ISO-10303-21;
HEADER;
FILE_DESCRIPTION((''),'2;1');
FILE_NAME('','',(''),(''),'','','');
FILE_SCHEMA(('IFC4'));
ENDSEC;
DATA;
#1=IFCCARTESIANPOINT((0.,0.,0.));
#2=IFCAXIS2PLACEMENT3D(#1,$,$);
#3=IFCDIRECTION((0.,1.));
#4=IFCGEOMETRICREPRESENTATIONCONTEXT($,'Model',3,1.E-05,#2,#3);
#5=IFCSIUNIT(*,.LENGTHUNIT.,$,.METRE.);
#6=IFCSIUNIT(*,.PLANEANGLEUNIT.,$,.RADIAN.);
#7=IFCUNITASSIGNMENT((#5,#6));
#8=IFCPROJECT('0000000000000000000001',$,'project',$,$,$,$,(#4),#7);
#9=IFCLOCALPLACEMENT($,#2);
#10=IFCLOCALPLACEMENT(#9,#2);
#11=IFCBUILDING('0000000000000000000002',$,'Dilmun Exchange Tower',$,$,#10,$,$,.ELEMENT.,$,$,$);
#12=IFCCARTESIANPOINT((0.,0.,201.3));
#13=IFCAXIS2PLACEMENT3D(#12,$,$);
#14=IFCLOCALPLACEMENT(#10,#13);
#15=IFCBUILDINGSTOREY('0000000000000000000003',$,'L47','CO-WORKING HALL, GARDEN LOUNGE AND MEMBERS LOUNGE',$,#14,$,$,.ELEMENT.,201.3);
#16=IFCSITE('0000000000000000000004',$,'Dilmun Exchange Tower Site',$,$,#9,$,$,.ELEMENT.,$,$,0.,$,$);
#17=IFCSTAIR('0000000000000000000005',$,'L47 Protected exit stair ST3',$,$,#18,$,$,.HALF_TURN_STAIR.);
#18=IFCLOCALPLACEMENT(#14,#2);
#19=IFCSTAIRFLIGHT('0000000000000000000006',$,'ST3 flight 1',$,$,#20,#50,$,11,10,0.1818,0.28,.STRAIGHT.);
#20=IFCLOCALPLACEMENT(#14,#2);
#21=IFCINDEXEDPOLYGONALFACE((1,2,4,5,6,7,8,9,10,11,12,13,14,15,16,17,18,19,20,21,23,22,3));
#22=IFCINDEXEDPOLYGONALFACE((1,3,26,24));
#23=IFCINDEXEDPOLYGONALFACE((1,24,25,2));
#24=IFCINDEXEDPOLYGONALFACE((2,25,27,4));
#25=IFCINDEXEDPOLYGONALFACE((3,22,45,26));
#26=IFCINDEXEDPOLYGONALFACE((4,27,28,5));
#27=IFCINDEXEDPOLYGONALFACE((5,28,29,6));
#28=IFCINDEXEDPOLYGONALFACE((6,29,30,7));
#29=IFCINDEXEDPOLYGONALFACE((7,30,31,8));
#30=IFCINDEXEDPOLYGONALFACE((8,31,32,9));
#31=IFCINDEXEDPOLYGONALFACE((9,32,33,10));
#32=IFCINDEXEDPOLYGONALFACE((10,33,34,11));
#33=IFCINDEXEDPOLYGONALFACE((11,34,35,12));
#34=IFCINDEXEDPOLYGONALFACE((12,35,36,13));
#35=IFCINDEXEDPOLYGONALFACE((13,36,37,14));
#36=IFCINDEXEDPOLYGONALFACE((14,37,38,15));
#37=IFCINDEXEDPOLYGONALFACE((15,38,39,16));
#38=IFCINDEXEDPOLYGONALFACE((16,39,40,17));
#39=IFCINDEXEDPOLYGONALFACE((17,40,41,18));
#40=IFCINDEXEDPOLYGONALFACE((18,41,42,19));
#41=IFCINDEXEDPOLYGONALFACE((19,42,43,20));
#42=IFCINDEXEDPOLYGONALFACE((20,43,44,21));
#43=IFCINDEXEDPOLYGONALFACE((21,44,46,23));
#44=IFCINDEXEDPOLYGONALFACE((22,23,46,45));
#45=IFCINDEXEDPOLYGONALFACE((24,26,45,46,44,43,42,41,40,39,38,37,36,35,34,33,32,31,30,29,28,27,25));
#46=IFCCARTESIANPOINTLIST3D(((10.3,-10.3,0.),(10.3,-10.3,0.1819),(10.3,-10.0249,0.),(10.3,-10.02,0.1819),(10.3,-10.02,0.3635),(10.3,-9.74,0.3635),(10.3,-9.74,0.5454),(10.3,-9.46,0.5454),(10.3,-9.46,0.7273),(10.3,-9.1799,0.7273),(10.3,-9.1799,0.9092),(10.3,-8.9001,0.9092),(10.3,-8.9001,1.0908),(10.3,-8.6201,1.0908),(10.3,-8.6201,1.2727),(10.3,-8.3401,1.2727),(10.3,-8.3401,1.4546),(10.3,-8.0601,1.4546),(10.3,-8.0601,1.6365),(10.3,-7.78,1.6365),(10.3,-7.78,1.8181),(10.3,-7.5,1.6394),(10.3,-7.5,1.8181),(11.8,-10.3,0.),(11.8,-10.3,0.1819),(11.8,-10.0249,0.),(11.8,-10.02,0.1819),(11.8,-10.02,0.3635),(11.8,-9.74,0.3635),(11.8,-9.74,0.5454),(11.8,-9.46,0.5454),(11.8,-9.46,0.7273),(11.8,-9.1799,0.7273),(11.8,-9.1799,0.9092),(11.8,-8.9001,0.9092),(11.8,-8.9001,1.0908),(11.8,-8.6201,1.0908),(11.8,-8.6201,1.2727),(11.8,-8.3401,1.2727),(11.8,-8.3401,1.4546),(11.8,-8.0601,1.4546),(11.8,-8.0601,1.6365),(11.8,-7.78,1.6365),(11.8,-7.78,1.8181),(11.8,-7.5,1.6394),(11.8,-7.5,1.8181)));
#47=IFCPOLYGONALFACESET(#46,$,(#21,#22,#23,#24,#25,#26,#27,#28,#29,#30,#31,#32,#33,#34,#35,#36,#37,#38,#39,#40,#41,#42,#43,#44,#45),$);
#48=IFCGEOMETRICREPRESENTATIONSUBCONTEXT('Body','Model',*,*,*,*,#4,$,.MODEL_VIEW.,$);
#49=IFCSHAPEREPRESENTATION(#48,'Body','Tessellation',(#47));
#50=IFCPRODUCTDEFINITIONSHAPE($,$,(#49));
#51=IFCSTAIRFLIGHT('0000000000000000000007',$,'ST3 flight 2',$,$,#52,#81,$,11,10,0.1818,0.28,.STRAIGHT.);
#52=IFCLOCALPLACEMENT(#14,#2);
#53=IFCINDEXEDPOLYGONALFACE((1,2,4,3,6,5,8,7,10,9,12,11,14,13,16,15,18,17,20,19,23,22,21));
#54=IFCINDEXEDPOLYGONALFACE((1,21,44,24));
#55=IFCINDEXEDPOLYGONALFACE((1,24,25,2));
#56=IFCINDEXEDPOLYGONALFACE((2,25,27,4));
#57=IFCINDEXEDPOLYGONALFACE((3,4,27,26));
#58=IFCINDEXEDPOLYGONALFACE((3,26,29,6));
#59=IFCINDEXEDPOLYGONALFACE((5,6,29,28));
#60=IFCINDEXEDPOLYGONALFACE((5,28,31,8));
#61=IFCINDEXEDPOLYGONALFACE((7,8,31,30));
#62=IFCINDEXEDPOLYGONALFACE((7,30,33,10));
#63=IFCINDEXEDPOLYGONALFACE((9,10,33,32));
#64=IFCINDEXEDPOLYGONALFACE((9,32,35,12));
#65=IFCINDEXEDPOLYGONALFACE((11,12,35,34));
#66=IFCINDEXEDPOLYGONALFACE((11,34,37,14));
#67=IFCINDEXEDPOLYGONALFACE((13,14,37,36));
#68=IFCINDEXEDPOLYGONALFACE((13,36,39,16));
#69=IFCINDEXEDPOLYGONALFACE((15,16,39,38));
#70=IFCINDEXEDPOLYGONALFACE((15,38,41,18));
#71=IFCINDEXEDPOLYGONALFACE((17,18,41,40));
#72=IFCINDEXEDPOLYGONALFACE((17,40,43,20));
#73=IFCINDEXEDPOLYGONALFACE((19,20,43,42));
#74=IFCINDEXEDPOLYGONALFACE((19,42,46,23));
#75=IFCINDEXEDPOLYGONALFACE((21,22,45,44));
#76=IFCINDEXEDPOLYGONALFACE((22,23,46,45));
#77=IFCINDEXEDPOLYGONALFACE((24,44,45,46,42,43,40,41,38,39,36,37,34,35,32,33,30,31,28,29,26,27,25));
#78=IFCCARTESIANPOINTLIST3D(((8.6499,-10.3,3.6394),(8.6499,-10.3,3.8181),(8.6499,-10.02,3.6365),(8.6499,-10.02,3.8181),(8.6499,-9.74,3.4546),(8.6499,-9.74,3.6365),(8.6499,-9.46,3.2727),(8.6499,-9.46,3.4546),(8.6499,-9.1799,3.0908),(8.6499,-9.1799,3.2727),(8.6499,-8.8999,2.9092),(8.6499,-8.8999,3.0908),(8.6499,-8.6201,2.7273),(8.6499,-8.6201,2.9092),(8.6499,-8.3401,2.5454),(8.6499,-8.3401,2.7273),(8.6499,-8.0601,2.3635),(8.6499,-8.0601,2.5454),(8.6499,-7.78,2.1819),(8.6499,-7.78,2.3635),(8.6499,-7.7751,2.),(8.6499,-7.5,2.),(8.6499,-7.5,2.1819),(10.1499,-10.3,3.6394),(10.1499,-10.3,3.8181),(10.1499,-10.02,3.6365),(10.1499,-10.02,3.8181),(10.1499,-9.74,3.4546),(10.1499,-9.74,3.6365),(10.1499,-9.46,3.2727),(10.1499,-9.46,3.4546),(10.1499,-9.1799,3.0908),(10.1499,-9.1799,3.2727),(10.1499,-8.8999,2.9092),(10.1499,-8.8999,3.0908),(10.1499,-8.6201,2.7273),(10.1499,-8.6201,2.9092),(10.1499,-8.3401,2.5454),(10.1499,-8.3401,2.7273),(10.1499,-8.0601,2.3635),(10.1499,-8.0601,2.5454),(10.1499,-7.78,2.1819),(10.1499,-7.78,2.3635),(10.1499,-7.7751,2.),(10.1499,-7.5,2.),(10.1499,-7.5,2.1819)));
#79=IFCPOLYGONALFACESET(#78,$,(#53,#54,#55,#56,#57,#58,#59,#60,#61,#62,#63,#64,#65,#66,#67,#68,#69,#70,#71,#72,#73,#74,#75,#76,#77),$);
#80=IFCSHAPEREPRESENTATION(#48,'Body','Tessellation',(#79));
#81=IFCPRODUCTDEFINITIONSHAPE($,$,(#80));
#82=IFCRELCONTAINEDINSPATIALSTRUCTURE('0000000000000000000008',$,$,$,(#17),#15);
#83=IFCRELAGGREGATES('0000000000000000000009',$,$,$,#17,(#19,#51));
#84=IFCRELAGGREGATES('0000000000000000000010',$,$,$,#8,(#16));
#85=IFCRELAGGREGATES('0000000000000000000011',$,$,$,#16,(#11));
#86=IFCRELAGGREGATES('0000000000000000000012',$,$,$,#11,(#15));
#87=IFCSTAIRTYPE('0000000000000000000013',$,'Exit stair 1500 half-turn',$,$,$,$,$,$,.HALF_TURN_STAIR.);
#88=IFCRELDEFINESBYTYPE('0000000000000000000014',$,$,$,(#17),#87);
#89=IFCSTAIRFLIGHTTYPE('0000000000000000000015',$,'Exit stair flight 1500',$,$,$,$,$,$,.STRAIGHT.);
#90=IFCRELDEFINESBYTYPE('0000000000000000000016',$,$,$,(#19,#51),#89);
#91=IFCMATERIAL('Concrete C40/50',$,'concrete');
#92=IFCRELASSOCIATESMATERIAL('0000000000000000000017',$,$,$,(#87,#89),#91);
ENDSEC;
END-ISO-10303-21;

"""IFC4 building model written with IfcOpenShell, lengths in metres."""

from ifc_helpers import new_model, si_unit, direction, frame, origin, place, context, subcontext, project, spatial, polyline, outline, extrude, material, type_object, element, aggregate, save


model = new_model("IFC4")

# Units and contexts
model_context = context("Model", 3, precision=1e-05, world=origin(), true_north=direction((0.0, 1.0)))
body_context = subcontext(model_context, "Body", "Model", "MODEL_VIEW")
ifc_project = project(units=[si_unit("LENGTHUNIT", "METRE"), si_unit("PLANEANGLEUNIT", "RADIAN")], contexts=[model_context])

# Site, building, storey
site_placement = place(None, origin())
site = spatial("IfcSite", under=ifc_project, at=site_placement, Name="Dilmun Exchange Tower Site", CompositionType="ELEMENT", RefElevation=0.0)
building_placement = place(site_placement, origin())
building = spatial("IfcBuilding", under=site, at=building_placement, Name="Dilmun Exchange Tower", CompositionType="ELEMENT")
storey_placement = place(building_placement, frame((0.0, 0.0, 201.3)))
storey = spatial("IfcBuildingStorey", under=building, at=storey_placement, Name="L47", Description="CO-WORKING HALL, GARDEN LOUNGE AND MEMBERS LOUNGE", CompositionType="ELEMENT", Elevation=201.3)

# Shared definitions
ifc_material_1 = material(Name="Concrete C40/50", Category="concrete")

# Stair, stair flights
stair_type = type_object("IfcStairType", Name="Exit stair 1500 half-turn", PredefinedType="HALF_TURN_STAIR", material=ifc_material_1)
stair_placement = place(storey_placement, origin())
stair = element("IfcStair", 1, at=stair_placement, inside=storey, type_object=stair_type, Name="L47 Protected exit stair ST3", PredefinedType="HALF_TURN_STAIR")
stair_flight_type = type_object("IfcStairFlightType", Name="Exit stair flight 1500", PredefinedType="STRAIGHT", material=ifc_material_1)
stair_flight_1_placement = place(storey_placement, frame((11.05, -10.3, 0.0), z_axis=(0.0, 0.0, 1.0), x_axis=(0.0, 1.0, 0.0)))
stair_flight_1 = element("IfcStairFlight", 2, at=stair_flight_1_placement, type_object=stair_flight_type, Name="ST3 flight 1", NumberOfRisers=11, NumberOfTreads=10, PredefinedType="STRAIGHT", RiserHeight=0.1818, TreadLength=0.28, context=body_context, shape_type="SweptSolid", body=[
    extrude(outline(polyline([(0.0, 0.0), (0.0, 0.1819), (0.28, 0.1819), (0.28, 0.3635), (0.5601, 0.3635), (0.5601, 0.5454), (0.8401, 0.5454), (0.8401, 0.7273), (1.1201, 0.7273), (1.1201, 0.9092), (1.3999, 0.9092), (1.3999, 1.0908), (1.6799, 1.0908), (1.6799, 1.2727), (1.96, 1.2727), (1.96, 1.4546), (2.24, 1.4546), (2.24, 1.6365), (2.52, 1.6365), (2.52, 1.8181), (2.8, 1.8181), (2.8, 2.0), (2.8, 1.6394), (0.2751, 0.0), (0.0, 0.0)])), frame((0.0, 0.75, 0.0), z_axis=(0.0, -1.0, 0.0), x_axis=(1.0, 0.0, 0.0)), (0.0, 0.0, 1.0), 1.5),
])
stair_flight_2_placement = place(storey_placement, frame((9.3999, -7.5, 2.0), z_axis=(0.0, 0.0, 1.0), x_axis=(0.0, -1.0, 0.0)))
stair_flight_2 = element("IfcStairFlight", 3, at=stair_flight_2_placement, type_object=stair_flight_type, Name="ST3 flight 2", NumberOfRisers=11, NumberOfTreads=10, PredefinedType="STRAIGHT", RiserHeight=0.1818, TreadLength=0.28, context=body_context, shape_type="SweptSolid", body=[
    extrude(outline(polyline([(0.0, 0.0), (0.0, 0.1819), (0.28, 0.1819), (0.28, 0.3635), (0.5601, 0.3635), (0.5601, 0.5454), (0.8401, 0.5454), (0.8401, 0.7273), (1.1201, 0.7273), (1.1201, 0.9092), (1.3999, 0.9092), (1.3999, 1.0908), (1.6799, 1.0908), (1.6799, 1.2727), (1.96, 1.2727), (1.96, 1.4546), (2.24, 1.4546), (2.24, 1.6365), (2.52, 1.6365), (2.52, 1.8181), (2.8, 1.8181), (2.8, 2.0), (2.8, 1.6394), (0.2751, 0.0), (0.0, 0.0)])), frame((0.0, 0.75, 0.0), z_axis=(0.0, -1.0, 0.0), x_axis=(1.0, 0.0, 0.0)), (0.0, 0.0, 1.0), 1.5),
])
aggregate(stair, [stair_flight_1, stair_flight_2])

save(model, "model.ifc")
